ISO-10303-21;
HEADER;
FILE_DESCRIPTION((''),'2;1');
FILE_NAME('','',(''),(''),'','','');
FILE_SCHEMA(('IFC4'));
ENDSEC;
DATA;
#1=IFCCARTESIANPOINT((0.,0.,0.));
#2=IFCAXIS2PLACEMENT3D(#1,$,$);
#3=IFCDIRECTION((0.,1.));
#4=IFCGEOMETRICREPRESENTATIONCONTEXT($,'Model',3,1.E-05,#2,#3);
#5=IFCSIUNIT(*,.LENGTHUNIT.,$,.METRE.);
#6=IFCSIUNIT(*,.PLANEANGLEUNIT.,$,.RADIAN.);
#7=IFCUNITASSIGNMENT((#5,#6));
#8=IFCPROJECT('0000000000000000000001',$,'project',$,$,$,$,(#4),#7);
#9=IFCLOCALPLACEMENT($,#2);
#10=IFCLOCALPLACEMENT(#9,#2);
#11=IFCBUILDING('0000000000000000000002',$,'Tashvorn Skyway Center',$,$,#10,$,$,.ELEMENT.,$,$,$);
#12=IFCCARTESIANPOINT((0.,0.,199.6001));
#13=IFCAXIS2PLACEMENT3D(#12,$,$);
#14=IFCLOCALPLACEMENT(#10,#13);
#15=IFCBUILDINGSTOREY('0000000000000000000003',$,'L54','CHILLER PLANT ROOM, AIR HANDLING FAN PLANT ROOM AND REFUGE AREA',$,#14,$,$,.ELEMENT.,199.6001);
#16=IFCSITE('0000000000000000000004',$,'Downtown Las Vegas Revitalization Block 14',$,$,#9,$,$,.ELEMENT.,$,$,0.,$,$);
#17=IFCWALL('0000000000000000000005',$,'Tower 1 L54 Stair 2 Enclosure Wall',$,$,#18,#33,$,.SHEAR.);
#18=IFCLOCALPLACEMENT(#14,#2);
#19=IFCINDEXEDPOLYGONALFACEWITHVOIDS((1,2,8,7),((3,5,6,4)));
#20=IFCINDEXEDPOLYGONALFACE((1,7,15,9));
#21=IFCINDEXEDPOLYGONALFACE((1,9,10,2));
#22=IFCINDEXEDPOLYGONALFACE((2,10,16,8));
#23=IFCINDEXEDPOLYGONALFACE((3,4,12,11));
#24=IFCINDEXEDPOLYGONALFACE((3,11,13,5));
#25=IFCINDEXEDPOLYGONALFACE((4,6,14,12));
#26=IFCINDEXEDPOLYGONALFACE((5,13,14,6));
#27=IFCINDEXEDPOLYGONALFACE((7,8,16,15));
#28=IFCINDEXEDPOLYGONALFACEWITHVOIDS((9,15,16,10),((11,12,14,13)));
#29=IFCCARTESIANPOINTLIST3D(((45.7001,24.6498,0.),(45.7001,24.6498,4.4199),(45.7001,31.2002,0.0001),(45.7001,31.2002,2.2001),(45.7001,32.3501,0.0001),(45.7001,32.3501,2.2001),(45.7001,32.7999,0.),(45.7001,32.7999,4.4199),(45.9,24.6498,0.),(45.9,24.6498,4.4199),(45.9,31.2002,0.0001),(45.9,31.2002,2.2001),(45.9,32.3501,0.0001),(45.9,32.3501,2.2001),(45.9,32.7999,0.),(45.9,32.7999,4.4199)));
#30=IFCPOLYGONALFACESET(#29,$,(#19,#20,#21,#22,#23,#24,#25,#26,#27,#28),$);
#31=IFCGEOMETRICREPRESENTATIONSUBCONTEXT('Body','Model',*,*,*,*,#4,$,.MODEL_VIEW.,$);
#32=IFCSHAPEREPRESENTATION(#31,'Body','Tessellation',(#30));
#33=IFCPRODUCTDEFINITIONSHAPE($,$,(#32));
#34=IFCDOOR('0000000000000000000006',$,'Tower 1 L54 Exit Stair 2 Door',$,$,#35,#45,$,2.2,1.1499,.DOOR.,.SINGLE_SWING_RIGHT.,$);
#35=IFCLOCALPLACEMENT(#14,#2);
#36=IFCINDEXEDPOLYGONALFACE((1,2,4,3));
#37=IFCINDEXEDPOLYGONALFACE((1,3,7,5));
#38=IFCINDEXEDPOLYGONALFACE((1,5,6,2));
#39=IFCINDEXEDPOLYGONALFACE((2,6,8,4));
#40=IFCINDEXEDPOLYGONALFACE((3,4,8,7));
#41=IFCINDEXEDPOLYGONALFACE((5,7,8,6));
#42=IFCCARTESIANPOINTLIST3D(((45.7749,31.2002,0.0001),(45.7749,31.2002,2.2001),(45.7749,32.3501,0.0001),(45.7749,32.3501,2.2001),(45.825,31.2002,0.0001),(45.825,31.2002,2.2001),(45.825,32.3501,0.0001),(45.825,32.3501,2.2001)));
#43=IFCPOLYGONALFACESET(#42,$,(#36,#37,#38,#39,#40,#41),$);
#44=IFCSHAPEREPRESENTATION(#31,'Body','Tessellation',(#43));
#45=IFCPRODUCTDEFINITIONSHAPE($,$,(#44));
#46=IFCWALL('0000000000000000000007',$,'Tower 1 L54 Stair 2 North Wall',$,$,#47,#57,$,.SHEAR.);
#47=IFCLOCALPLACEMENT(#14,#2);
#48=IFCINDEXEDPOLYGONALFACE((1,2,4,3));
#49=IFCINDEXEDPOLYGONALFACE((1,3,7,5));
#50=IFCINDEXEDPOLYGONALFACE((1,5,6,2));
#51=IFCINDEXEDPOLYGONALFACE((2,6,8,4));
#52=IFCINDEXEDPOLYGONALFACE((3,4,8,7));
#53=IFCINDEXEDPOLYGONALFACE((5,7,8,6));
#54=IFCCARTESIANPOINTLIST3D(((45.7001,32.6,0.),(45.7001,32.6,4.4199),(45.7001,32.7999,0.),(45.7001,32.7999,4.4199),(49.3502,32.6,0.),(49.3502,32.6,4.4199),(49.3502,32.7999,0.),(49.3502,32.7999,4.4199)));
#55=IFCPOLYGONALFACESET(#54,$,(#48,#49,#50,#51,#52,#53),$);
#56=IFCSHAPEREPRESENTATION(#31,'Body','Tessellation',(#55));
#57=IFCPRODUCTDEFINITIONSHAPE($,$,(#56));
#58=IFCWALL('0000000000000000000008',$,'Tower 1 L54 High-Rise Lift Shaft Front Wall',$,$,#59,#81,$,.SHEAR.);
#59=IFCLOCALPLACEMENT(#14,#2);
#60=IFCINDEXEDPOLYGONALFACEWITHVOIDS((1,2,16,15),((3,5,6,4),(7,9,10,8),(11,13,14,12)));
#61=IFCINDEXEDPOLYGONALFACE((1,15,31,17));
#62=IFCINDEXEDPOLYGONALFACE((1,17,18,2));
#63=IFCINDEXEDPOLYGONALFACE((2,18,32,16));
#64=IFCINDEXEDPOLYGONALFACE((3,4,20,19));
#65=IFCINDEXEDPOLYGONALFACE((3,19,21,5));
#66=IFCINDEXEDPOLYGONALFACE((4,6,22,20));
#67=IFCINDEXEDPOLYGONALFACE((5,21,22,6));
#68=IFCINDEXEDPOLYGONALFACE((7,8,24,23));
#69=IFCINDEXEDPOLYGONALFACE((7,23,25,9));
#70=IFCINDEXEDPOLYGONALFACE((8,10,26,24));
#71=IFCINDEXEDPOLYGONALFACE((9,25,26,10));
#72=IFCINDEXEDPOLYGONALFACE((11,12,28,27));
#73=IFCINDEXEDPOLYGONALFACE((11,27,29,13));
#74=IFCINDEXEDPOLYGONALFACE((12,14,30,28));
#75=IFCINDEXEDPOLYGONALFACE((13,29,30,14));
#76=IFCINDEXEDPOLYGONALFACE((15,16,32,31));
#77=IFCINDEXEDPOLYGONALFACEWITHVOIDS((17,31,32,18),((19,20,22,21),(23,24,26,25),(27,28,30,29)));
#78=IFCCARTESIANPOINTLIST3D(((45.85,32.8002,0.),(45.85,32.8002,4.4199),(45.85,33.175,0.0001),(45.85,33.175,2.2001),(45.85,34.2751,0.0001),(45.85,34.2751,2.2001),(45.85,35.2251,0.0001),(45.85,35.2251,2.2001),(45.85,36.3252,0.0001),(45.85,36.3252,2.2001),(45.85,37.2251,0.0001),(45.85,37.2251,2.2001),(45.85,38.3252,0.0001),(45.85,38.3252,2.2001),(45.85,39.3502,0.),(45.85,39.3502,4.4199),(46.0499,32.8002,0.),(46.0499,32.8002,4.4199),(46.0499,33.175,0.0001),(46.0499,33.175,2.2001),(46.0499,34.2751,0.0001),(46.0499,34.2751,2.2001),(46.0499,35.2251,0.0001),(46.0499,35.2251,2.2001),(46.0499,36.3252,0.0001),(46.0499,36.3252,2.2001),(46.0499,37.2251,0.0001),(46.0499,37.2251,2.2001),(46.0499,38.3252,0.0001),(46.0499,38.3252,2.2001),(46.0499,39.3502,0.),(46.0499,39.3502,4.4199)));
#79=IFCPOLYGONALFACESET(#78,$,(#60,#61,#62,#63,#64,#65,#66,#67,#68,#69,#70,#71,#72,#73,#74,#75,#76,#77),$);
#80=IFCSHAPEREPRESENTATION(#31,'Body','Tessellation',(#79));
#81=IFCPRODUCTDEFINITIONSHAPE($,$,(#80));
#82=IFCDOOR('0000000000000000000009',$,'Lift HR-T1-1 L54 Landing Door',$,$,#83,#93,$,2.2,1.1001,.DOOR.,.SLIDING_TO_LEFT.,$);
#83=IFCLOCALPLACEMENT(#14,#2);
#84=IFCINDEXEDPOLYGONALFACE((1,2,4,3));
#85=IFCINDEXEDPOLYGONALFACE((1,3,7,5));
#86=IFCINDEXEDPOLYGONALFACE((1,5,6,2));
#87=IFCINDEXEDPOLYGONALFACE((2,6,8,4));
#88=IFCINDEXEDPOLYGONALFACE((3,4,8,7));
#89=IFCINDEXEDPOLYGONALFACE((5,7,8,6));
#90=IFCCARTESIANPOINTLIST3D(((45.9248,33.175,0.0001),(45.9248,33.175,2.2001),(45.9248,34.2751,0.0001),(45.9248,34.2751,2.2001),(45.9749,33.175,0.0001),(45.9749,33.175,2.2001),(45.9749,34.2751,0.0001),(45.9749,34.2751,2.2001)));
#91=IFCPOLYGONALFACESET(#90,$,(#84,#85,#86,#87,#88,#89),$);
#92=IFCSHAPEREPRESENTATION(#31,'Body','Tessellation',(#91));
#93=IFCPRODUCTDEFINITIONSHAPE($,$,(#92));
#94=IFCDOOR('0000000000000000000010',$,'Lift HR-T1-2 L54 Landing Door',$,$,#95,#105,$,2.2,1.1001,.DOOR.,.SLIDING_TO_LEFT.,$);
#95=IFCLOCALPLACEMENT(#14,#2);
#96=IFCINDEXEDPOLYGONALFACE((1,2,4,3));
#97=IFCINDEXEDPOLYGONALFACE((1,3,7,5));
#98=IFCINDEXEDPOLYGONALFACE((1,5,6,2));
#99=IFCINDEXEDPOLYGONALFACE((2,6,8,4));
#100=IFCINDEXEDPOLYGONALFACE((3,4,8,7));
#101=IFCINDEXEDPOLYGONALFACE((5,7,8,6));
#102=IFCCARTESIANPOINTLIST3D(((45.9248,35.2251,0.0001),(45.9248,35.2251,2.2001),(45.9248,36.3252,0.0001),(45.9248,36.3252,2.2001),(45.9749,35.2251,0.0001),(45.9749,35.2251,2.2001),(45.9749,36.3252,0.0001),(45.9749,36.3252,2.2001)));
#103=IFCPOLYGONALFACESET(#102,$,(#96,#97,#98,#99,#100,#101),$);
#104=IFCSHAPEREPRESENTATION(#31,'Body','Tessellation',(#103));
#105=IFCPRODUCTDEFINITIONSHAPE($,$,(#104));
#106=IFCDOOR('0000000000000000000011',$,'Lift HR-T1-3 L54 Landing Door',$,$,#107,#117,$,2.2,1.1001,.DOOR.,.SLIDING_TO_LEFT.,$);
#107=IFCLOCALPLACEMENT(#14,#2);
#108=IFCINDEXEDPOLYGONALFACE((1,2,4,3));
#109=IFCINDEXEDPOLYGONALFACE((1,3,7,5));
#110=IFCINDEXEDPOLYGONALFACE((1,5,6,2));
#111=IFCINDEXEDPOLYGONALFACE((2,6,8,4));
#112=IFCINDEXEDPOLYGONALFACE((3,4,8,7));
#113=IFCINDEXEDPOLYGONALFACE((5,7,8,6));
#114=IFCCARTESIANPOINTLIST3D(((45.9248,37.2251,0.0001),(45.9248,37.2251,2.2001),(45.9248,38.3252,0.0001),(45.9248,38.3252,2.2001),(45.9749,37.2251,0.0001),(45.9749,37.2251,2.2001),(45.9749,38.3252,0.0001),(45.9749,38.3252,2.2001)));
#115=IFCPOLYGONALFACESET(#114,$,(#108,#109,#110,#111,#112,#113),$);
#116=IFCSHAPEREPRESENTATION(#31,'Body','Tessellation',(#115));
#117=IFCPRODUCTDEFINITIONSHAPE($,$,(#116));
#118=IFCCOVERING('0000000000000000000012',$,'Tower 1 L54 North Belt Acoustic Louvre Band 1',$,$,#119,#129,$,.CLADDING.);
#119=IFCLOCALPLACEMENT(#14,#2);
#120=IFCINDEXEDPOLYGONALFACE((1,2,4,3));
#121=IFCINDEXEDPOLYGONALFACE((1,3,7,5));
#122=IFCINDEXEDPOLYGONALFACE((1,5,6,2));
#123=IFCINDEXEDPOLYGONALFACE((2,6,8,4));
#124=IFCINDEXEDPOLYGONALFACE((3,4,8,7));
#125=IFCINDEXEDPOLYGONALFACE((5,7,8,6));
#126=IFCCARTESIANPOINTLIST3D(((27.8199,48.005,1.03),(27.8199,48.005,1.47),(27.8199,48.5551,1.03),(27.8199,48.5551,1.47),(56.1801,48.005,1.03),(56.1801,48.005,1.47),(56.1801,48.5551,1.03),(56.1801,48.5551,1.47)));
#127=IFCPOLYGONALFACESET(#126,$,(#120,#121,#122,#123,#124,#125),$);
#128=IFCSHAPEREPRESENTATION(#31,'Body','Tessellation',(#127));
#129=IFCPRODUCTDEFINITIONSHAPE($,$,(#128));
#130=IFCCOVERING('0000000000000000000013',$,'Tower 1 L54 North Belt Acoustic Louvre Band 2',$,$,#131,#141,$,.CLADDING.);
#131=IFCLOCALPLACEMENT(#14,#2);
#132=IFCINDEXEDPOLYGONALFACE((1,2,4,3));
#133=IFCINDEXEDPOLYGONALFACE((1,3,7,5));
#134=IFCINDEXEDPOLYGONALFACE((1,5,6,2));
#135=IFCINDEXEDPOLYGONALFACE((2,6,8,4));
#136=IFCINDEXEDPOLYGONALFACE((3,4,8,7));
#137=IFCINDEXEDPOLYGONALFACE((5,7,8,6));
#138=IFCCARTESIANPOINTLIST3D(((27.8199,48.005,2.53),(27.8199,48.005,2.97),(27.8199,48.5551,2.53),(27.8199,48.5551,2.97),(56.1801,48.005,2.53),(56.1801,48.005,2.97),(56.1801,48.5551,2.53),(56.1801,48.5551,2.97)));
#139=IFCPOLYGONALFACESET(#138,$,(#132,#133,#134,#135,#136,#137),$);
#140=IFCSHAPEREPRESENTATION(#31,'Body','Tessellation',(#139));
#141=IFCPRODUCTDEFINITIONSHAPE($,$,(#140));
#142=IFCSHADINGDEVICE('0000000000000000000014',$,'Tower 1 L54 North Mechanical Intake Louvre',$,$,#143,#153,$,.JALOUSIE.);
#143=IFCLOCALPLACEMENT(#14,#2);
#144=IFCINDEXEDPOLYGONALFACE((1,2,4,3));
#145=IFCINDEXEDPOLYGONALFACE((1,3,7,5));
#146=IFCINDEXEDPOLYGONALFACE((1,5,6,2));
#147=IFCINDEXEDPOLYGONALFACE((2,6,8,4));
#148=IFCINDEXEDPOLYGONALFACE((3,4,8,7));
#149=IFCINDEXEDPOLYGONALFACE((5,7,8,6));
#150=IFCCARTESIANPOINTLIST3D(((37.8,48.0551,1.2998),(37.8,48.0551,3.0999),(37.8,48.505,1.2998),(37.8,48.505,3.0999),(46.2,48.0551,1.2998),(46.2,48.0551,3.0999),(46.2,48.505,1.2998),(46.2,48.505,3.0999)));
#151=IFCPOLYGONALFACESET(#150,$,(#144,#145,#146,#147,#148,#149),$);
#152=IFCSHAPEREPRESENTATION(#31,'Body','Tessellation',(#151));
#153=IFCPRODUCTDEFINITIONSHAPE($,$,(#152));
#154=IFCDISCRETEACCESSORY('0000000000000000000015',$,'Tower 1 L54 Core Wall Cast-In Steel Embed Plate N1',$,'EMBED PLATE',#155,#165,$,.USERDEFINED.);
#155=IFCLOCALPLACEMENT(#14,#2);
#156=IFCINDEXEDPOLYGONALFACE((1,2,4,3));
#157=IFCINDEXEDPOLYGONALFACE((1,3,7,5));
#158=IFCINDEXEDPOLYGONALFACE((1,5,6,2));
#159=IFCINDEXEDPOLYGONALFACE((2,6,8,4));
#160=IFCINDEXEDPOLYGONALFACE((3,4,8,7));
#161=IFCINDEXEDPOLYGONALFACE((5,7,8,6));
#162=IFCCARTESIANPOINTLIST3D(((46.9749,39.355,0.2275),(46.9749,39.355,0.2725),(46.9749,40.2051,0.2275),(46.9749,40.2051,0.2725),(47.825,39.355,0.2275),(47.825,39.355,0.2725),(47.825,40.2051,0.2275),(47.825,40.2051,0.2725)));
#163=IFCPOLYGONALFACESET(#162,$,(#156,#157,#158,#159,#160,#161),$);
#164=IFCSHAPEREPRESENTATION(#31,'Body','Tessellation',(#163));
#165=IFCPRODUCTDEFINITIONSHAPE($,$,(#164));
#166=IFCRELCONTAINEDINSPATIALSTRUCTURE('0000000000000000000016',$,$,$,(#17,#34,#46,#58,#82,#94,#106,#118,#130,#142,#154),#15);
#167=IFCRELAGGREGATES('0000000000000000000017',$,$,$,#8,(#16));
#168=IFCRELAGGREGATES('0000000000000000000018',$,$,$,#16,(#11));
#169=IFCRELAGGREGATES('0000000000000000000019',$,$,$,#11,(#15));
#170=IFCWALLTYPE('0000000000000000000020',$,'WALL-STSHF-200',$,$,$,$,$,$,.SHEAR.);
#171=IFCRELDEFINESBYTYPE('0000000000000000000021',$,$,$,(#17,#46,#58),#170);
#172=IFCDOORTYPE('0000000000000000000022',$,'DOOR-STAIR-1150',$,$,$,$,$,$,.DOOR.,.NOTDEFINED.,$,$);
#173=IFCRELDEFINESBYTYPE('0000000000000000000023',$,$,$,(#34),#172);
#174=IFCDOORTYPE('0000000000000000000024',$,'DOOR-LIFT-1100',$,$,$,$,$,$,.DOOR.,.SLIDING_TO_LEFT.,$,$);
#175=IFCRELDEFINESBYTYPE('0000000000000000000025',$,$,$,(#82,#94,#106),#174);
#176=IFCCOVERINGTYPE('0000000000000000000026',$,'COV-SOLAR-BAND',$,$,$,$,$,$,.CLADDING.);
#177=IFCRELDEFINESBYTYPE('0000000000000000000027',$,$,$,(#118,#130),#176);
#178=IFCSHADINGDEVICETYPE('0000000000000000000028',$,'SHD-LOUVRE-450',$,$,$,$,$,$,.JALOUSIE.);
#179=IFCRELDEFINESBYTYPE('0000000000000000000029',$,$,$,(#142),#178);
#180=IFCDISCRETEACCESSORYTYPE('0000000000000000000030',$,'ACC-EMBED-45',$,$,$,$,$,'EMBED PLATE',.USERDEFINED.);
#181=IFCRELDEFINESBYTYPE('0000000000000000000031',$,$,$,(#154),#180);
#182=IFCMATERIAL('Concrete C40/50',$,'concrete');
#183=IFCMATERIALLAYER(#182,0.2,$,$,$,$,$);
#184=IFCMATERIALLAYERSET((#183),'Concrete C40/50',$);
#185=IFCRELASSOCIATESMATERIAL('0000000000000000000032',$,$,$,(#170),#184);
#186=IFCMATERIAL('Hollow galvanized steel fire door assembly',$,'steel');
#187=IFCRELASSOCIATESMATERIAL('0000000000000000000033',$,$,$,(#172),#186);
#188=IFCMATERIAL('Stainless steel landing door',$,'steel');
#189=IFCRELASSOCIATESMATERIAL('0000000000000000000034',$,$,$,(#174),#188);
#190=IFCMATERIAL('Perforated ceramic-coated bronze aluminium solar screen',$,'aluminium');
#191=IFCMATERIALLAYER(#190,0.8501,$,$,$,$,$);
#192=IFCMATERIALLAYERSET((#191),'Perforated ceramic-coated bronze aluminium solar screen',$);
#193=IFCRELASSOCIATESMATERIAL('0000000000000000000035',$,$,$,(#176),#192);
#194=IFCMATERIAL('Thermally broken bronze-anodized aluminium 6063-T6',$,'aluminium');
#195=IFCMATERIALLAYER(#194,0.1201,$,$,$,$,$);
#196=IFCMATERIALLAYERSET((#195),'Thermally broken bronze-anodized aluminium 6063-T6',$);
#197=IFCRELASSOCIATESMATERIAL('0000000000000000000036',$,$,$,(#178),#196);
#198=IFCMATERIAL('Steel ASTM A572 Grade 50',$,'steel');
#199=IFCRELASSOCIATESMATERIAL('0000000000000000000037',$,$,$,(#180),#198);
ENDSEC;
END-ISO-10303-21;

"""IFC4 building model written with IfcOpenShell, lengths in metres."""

from ifc_helpers import new_model, si_unit, direction, frame, frame_2d, origin, origin_2d, place, context, subcontext, project, spatial, rectangle, extrude, material, layer, layer_set, type_object, element, fill, save


model = new_model("IFC4")

# Units and contexts
model_context = context("Model", 3, precision=1e-05, world=origin(), true_north=direction((0.0, 1.0)))
body_context = subcontext(model_context, "Body", "Model", "MODEL_VIEW")
ifc_project = project(units=[si_unit("LENGTHUNIT", "METRE"), si_unit("PLANEANGLEUNIT", "RADIAN")], contexts=[model_context])

# Site, building, storey
site_placement = place(None, origin())
site = spatial("IfcSite", under=ifc_project, at=site_placement, Name="Downtown Las Vegas Revitalization Block 14", CompositionType="ELEMENT", RefElevation=0.0)
building_placement = place(site_placement, origin())
building = spatial("IfcBuilding", under=site, at=building_placement, Name="Tashvorn Skyway Center", CompositionType="ELEMENT")
storey_placement = place(building_placement, frame((0.0, 0.0, 199.6001)))
storey = spatial("IfcBuildingStorey", under=building, at=storey_placement, Name="L54", Description="CHILLER PLANT ROOM, AIR HANDLING FAN PLANT ROOM AND REFUGE AREA", CompositionType="ELEMENT", Elevation=199.6001)

# Shared definitions
ifc_material_1 = material(Name="Steel ASTM A572 Grade 50", Category="steel")

# Shared definitions
ifc_material_2 = material(Name="Concrete C40/50", Category="concrete")
ifc_material_3 = material(Name="Hollow galvanized steel fire door assembly", Category="steel")

# Wall, opening, door
ifc_layer_1 = layer(ifc_material_2, 0.2)
ifc_layer_set_1 = layer_set([ifc_layer_1], Name="Concrete C40/50")
wall_type_1 = type_object("IfcWallType", Name="WALL-STSHF-200", PredefinedType="SHEAR", material=ifc_layer_set_1)
wall_1_placement = place(storey_placement, frame((45.8, 32.8, 0.0), z_axis=(0.0, 0.0, 1.0), x_axis=(0.0, -1.0, 0.0)))
wall_1 = element("IfcWall", 1, at=wall_1_placement, inside=storey, type_object=wall_type_1, Name="Tower 1 L54 Stair 2 Enclosure Wall", PredefinedType="SHEAR", context=body_context, shape_type="SweptSolid", body=[
    extrude(rectangle(XDim=8.1501, YDim=0.2, at=frame_2d((4.0752, 0.0))), origin(), (0.0, 0.0, 1.0), 4.4199),
])
opening_1_placement = place(wall_1_placement, frame((0.45, 0.0, 0.0)))
opening_1 = element("IfcOpeningElement", 2, at=opening_1_placement, cuts=wall_1, PredefinedType="OPENING", context=body_context, shape_type="SweptSolid", body=[
    extrude(rectangle(XDim=1.1499, YDim=2.2, at=frame_2d((0.575, 1.1001))), frame((0.0, 0.1099, 0.0), z_axis=(0.0, -1.0, 0.0), x_axis=(1.0, 0.0, 0.0)), (0.0, 0.0, 1.0), 0.22),
])
door_type_1 = type_object("IfcDoorType", Name="DOOR-STAIR-1150", OperationType="NOTDEFINED", PredefinedType="DOOR", material=ifc_material_3)
door_1_placement = place(opening_1_placement, origin())
door_1 = element("IfcDoor", 3, at=door_1_placement, inside=storey, type_object=door_type_1, Name="Tower 1 L54 Exit Stair 2 Door", OperationType="SINGLE_SWING_RIGHT", OverallHeight=2.2, OverallWidth=1.1499, PredefinedType="DOOR", context=body_context, shape_type="SweptSolid", body=[
    extrude(rectangle(XDim=1.1499, YDim=2.2, at=frame_2d((0.575, 1.1001))), frame((0.0, 0.0249, 0.0), z_axis=(0.0, -1.0, 0.0), x_axis=(1.0, 0.0, 0.0)), (0.0, 0.0, 1.0), 0.05),
])
fill(opening_1, door_1)

# Wall
wall_2_placement = place(storey_placement, frame((45.7, 32.7, 0.0), z_axis=(0.0, 0.0, 1.0), x_axis=(1.0, 0.0, 0.0)))
element("IfcWall", 4, at=wall_2_placement, inside=storey, type_object=wall_type_1, Name="Tower 1 L54 Stair 2 North Wall", PredefinedType="SHEAR", context=body_context, shape_type="SweptSolid", body=[
    extrude(rectangle(XDim=3.6501, YDim=0.2, at=frame_2d((1.8252, 0.0))), origin(), (0.0, 0.0, 1.0), 4.4199),
])

# Wall, openings, doors
wall_3_placement = place(storey_placement, frame((45.95, 39.3501, 0.0), z_axis=(0.0, 0.0, 1.0), x_axis=(0.0, -1.0, 0.0)))
wall_3 = element("IfcWall", 5, at=wall_3_placement, inside=storey, type_object=wall_type_1, Name="Tower 1 L54 High-Rise Lift Shaft Front Wall", PredefinedType="SHEAR", context=body_context, shape_type="SweptSolid", body=[
    extrude(rectangle(XDim=6.55, YDim=0.2, at=frame_2d((3.2749, 0.0))), origin(), (0.0, 0.0, 1.0), 4.4199),
])
opening_2_placement = place(wall_3_placement, frame((5.075, 0.0, 0.0)))
opening_2 = element("IfcOpeningElement", 6, at=opening_2_placement, cuts=wall_3, PredefinedType="OPENING", context=body_context, shape_type="SweptSolid", body=[
    extrude(rectangle(XDim=1.1001, YDim=2.2, at=frame_2d((0.55, 1.1001))), frame((0.0, 0.1099, 0.0), z_axis=(0.0, -1.0, 0.0), x_axis=(1.0, 0.0, 0.0)), (0.0, 0.0, 1.0), 0.22),
])
opening_3_placement = place(wall_3_placement, frame((3.0249, 0.0, 0.0)))
opening_3 = element("IfcOpeningElement", 7, at=opening_3_placement, cuts=wall_3, PredefinedType="OPENING", context=body_context, shape_type="SweptSolid", body=[
    extrude(rectangle(XDim=1.1001, YDim=2.2, at=frame_2d((0.55, 1.1001))), frame((0.0, 0.1099, 0.0), z_axis=(0.0, -1.0, 0.0), x_axis=(1.0, 0.0, 0.0)), (0.0, 0.0, 1.0), 0.22),
])
opening_4_placement = place(wall_3_placement, frame((1.0249, 0.0, 0.0)))
opening_4 = element("IfcOpeningElement", 8, at=opening_4_placement, cuts=wall_3, PredefinedType="OPENING", context=body_context, shape_type="SweptSolid", body=[
    extrude(rectangle(XDim=1.1001, YDim=2.2, at=frame_2d((0.55, 1.1001))), frame((0.0, 0.1099, 0.0), z_axis=(0.0, -1.0, 0.0), x_axis=(1.0, 0.0, 0.0)), (0.0, 0.0, 1.0), 0.22),
])
ifc_material_4 = material(Name="Stainless steel landing door", Category="steel")
door_type_2 = type_object("IfcDoorType", Name="DOOR-LIFT-1100", OperationType="SLIDING_TO_LEFT", PredefinedType="DOOR", material=ifc_material_4)
door_2_placement = place(opening_2_placement, origin())
door_2 = element("IfcDoor", 9, at=door_2_placement, inside=storey, type_object=door_type_2, Name="Lift HR-T1-1 L54 Landing Door", OperationType="SLIDING_TO_LEFT", OverallHeight=2.2, OverallWidth=1.1001, PredefinedType="DOOR", context=body_context, shape_type="SweptSolid", body=[
    extrude(rectangle(XDim=1.1001, YDim=2.2, at=frame_2d((0.55, 1.1001))), frame((0.0, 0.0249, 0.0), z_axis=(0.0, -1.0, 0.0), x_axis=(1.0, 0.0, 0.0)), (0.0, 0.0, 1.0), 0.05),
])
fill(opening_2, door_2)
door_3_placement = place(opening_3_placement, origin())
door_3 = element("IfcDoor", 10, at=door_3_placement, inside=storey, type_object=door_type_2, Name="Lift HR-T1-2 L54 Landing Door", OperationType="SLIDING_TO_LEFT", OverallHeight=2.2, OverallWidth=1.1001, PredefinedType="DOOR", context=body_context, shape_type="SweptSolid", body=[
    extrude(rectangle(XDim=1.1001, YDim=2.2, at=frame_2d((0.55, 1.1001))), frame((0.0, 0.0249, 0.0), z_axis=(0.0, -1.0, 0.0), x_axis=(1.0, 0.0, 0.0)), (0.0, 0.0, 1.0), 0.05),
])
fill(opening_3, door_3)
door_4_placement = place(opening_4_placement, origin())
door_4 = element("IfcDoor", 11, at=door_4_placement, inside=storey, type_object=door_type_2, Name="Lift HR-T1-3 L54 Landing Door", OperationType="SLIDING_TO_LEFT", OverallHeight=2.2, OverallWidth=1.1001, PredefinedType="DOOR", context=body_context, shape_type="SweptSolid", body=[
    extrude(rectangle(XDim=1.1001, YDim=2.2, at=frame_2d((0.55, 1.1001))), frame((0.0, 0.0249, 0.0), z_axis=(0.0, -1.0, 0.0), x_axis=(1.0, 0.0, 0.0)), (0.0, 0.0, 1.0), 0.05),
])
fill(opening_4, door_4)

# Coverings
ifc_material_5 = material(Name="Perforated ceramic-coated bronze aluminium solar screen", Category="aluminium")
ifc_layer_2 = layer(ifc_material_5, 0.8501)
ifc_layer_set_2 = layer_set([ifc_layer_2], Name="Perforated ceramic-coated bronze aluminium solar screen")
covering_type = type_object("IfcCoveringType", Name="COV-SOLAR-BAND", PredefinedType="CLADDING", material=ifc_layer_set_2)
for number, where, z_axis, x_axis, name in (
    (12, (42.0, 48.28, 1.03), (0.0, 0.0, 1.0), (1.0, 0.0, 0.0), "Tower 1 L54 North Belt Acoustic Louvre Band 1"),
    (13, (42.0, 48.28, 2.53), (0.0, 0.0, 1.0), (1.0, 0.0, 0.0), "Tower 1 L54 North Belt Acoustic Louvre Band 2"),
):
    element("IfcCovering", number, at=place(storey_placement, frame(where, z_axis=z_axis, x_axis=x_axis)), inside=storey, type_object=covering_type, Name=name, PredefinedType="CLADDING", context=body_context, shape_type="SweptSolid", body=[
        extrude(rectangle(XDim=28.3601, YDim=0.55, at=origin_2d()), origin(), (0.0, 0.0, 1.0), 0.4399),
    ])

# Shading device
ifc_material_6 = material(Name="Thermally broken bronze-anodized aluminium 6063-T6", Category="aluminium")
ifc_layer_3 = layer(ifc_material_6, 0.1201)
ifc_layer_set_3 = layer_set([ifc_layer_3], Name="Thermally broken bronze-anodized aluminium 6063-T6")
shading_device_type = type_object("IfcShadingDeviceType", Name="SHD-LOUVRE-450", PredefinedType="JALOUSIE", material=ifc_layer_set_3)
shading_device_placement = place(storey_placement, frame((42.0, 48.28, 1.2998), z_axis=(0.0, 0.0, 1.0), x_axis=(1.0, 0.0, 0.0)))
element("IfcShadingDevice", 14, at=shading_device_placement, inside=storey, type_object=shading_device_type, Name="Tower 1 L54 North Mechanical Intake Louvre", PredefinedType="JALOUSIE", context=body_context, shape_type="SweptSolid", body=[
    extrude(rectangle(XDim=8.3999, YDim=0.45, at=origin_2d()), origin(), (0.0, 0.0, 1.0), 1.8),
])

# Discrete accessory
discrete_accessory_type = type_object("IfcDiscreteAccessoryType", Name="ACC-EMBED-45", ElementType="EMBED PLATE", PredefinedType="USERDEFINED", material=ifc_material_1)
discrete_accessory_placement = place(storey_placement, frame((47.3999, 39.78, 0.2275), z_axis=(0.0, 0.0, 1.0), x_axis=(1.0, 0.0, 0.0)))
element("IfcDiscreteAccessory", 15, at=discrete_accessory_placement, inside=storey, type_object=discrete_accessory_type, Name="Tower 1 L54 Core Wall Cast-In Steel Embed Plate N1", ObjectType="EMBED PLATE", PredefinedType="USERDEFINED", context=body_context, shape_type="SweptSolid", body=[
    extrude(rectangle(XDim=0.8501, YDim=0.8501, at=origin_2d()), origin(), (0.0, 0.0, 1.0), 0.0449),
])

save(model, "model.ifc")
